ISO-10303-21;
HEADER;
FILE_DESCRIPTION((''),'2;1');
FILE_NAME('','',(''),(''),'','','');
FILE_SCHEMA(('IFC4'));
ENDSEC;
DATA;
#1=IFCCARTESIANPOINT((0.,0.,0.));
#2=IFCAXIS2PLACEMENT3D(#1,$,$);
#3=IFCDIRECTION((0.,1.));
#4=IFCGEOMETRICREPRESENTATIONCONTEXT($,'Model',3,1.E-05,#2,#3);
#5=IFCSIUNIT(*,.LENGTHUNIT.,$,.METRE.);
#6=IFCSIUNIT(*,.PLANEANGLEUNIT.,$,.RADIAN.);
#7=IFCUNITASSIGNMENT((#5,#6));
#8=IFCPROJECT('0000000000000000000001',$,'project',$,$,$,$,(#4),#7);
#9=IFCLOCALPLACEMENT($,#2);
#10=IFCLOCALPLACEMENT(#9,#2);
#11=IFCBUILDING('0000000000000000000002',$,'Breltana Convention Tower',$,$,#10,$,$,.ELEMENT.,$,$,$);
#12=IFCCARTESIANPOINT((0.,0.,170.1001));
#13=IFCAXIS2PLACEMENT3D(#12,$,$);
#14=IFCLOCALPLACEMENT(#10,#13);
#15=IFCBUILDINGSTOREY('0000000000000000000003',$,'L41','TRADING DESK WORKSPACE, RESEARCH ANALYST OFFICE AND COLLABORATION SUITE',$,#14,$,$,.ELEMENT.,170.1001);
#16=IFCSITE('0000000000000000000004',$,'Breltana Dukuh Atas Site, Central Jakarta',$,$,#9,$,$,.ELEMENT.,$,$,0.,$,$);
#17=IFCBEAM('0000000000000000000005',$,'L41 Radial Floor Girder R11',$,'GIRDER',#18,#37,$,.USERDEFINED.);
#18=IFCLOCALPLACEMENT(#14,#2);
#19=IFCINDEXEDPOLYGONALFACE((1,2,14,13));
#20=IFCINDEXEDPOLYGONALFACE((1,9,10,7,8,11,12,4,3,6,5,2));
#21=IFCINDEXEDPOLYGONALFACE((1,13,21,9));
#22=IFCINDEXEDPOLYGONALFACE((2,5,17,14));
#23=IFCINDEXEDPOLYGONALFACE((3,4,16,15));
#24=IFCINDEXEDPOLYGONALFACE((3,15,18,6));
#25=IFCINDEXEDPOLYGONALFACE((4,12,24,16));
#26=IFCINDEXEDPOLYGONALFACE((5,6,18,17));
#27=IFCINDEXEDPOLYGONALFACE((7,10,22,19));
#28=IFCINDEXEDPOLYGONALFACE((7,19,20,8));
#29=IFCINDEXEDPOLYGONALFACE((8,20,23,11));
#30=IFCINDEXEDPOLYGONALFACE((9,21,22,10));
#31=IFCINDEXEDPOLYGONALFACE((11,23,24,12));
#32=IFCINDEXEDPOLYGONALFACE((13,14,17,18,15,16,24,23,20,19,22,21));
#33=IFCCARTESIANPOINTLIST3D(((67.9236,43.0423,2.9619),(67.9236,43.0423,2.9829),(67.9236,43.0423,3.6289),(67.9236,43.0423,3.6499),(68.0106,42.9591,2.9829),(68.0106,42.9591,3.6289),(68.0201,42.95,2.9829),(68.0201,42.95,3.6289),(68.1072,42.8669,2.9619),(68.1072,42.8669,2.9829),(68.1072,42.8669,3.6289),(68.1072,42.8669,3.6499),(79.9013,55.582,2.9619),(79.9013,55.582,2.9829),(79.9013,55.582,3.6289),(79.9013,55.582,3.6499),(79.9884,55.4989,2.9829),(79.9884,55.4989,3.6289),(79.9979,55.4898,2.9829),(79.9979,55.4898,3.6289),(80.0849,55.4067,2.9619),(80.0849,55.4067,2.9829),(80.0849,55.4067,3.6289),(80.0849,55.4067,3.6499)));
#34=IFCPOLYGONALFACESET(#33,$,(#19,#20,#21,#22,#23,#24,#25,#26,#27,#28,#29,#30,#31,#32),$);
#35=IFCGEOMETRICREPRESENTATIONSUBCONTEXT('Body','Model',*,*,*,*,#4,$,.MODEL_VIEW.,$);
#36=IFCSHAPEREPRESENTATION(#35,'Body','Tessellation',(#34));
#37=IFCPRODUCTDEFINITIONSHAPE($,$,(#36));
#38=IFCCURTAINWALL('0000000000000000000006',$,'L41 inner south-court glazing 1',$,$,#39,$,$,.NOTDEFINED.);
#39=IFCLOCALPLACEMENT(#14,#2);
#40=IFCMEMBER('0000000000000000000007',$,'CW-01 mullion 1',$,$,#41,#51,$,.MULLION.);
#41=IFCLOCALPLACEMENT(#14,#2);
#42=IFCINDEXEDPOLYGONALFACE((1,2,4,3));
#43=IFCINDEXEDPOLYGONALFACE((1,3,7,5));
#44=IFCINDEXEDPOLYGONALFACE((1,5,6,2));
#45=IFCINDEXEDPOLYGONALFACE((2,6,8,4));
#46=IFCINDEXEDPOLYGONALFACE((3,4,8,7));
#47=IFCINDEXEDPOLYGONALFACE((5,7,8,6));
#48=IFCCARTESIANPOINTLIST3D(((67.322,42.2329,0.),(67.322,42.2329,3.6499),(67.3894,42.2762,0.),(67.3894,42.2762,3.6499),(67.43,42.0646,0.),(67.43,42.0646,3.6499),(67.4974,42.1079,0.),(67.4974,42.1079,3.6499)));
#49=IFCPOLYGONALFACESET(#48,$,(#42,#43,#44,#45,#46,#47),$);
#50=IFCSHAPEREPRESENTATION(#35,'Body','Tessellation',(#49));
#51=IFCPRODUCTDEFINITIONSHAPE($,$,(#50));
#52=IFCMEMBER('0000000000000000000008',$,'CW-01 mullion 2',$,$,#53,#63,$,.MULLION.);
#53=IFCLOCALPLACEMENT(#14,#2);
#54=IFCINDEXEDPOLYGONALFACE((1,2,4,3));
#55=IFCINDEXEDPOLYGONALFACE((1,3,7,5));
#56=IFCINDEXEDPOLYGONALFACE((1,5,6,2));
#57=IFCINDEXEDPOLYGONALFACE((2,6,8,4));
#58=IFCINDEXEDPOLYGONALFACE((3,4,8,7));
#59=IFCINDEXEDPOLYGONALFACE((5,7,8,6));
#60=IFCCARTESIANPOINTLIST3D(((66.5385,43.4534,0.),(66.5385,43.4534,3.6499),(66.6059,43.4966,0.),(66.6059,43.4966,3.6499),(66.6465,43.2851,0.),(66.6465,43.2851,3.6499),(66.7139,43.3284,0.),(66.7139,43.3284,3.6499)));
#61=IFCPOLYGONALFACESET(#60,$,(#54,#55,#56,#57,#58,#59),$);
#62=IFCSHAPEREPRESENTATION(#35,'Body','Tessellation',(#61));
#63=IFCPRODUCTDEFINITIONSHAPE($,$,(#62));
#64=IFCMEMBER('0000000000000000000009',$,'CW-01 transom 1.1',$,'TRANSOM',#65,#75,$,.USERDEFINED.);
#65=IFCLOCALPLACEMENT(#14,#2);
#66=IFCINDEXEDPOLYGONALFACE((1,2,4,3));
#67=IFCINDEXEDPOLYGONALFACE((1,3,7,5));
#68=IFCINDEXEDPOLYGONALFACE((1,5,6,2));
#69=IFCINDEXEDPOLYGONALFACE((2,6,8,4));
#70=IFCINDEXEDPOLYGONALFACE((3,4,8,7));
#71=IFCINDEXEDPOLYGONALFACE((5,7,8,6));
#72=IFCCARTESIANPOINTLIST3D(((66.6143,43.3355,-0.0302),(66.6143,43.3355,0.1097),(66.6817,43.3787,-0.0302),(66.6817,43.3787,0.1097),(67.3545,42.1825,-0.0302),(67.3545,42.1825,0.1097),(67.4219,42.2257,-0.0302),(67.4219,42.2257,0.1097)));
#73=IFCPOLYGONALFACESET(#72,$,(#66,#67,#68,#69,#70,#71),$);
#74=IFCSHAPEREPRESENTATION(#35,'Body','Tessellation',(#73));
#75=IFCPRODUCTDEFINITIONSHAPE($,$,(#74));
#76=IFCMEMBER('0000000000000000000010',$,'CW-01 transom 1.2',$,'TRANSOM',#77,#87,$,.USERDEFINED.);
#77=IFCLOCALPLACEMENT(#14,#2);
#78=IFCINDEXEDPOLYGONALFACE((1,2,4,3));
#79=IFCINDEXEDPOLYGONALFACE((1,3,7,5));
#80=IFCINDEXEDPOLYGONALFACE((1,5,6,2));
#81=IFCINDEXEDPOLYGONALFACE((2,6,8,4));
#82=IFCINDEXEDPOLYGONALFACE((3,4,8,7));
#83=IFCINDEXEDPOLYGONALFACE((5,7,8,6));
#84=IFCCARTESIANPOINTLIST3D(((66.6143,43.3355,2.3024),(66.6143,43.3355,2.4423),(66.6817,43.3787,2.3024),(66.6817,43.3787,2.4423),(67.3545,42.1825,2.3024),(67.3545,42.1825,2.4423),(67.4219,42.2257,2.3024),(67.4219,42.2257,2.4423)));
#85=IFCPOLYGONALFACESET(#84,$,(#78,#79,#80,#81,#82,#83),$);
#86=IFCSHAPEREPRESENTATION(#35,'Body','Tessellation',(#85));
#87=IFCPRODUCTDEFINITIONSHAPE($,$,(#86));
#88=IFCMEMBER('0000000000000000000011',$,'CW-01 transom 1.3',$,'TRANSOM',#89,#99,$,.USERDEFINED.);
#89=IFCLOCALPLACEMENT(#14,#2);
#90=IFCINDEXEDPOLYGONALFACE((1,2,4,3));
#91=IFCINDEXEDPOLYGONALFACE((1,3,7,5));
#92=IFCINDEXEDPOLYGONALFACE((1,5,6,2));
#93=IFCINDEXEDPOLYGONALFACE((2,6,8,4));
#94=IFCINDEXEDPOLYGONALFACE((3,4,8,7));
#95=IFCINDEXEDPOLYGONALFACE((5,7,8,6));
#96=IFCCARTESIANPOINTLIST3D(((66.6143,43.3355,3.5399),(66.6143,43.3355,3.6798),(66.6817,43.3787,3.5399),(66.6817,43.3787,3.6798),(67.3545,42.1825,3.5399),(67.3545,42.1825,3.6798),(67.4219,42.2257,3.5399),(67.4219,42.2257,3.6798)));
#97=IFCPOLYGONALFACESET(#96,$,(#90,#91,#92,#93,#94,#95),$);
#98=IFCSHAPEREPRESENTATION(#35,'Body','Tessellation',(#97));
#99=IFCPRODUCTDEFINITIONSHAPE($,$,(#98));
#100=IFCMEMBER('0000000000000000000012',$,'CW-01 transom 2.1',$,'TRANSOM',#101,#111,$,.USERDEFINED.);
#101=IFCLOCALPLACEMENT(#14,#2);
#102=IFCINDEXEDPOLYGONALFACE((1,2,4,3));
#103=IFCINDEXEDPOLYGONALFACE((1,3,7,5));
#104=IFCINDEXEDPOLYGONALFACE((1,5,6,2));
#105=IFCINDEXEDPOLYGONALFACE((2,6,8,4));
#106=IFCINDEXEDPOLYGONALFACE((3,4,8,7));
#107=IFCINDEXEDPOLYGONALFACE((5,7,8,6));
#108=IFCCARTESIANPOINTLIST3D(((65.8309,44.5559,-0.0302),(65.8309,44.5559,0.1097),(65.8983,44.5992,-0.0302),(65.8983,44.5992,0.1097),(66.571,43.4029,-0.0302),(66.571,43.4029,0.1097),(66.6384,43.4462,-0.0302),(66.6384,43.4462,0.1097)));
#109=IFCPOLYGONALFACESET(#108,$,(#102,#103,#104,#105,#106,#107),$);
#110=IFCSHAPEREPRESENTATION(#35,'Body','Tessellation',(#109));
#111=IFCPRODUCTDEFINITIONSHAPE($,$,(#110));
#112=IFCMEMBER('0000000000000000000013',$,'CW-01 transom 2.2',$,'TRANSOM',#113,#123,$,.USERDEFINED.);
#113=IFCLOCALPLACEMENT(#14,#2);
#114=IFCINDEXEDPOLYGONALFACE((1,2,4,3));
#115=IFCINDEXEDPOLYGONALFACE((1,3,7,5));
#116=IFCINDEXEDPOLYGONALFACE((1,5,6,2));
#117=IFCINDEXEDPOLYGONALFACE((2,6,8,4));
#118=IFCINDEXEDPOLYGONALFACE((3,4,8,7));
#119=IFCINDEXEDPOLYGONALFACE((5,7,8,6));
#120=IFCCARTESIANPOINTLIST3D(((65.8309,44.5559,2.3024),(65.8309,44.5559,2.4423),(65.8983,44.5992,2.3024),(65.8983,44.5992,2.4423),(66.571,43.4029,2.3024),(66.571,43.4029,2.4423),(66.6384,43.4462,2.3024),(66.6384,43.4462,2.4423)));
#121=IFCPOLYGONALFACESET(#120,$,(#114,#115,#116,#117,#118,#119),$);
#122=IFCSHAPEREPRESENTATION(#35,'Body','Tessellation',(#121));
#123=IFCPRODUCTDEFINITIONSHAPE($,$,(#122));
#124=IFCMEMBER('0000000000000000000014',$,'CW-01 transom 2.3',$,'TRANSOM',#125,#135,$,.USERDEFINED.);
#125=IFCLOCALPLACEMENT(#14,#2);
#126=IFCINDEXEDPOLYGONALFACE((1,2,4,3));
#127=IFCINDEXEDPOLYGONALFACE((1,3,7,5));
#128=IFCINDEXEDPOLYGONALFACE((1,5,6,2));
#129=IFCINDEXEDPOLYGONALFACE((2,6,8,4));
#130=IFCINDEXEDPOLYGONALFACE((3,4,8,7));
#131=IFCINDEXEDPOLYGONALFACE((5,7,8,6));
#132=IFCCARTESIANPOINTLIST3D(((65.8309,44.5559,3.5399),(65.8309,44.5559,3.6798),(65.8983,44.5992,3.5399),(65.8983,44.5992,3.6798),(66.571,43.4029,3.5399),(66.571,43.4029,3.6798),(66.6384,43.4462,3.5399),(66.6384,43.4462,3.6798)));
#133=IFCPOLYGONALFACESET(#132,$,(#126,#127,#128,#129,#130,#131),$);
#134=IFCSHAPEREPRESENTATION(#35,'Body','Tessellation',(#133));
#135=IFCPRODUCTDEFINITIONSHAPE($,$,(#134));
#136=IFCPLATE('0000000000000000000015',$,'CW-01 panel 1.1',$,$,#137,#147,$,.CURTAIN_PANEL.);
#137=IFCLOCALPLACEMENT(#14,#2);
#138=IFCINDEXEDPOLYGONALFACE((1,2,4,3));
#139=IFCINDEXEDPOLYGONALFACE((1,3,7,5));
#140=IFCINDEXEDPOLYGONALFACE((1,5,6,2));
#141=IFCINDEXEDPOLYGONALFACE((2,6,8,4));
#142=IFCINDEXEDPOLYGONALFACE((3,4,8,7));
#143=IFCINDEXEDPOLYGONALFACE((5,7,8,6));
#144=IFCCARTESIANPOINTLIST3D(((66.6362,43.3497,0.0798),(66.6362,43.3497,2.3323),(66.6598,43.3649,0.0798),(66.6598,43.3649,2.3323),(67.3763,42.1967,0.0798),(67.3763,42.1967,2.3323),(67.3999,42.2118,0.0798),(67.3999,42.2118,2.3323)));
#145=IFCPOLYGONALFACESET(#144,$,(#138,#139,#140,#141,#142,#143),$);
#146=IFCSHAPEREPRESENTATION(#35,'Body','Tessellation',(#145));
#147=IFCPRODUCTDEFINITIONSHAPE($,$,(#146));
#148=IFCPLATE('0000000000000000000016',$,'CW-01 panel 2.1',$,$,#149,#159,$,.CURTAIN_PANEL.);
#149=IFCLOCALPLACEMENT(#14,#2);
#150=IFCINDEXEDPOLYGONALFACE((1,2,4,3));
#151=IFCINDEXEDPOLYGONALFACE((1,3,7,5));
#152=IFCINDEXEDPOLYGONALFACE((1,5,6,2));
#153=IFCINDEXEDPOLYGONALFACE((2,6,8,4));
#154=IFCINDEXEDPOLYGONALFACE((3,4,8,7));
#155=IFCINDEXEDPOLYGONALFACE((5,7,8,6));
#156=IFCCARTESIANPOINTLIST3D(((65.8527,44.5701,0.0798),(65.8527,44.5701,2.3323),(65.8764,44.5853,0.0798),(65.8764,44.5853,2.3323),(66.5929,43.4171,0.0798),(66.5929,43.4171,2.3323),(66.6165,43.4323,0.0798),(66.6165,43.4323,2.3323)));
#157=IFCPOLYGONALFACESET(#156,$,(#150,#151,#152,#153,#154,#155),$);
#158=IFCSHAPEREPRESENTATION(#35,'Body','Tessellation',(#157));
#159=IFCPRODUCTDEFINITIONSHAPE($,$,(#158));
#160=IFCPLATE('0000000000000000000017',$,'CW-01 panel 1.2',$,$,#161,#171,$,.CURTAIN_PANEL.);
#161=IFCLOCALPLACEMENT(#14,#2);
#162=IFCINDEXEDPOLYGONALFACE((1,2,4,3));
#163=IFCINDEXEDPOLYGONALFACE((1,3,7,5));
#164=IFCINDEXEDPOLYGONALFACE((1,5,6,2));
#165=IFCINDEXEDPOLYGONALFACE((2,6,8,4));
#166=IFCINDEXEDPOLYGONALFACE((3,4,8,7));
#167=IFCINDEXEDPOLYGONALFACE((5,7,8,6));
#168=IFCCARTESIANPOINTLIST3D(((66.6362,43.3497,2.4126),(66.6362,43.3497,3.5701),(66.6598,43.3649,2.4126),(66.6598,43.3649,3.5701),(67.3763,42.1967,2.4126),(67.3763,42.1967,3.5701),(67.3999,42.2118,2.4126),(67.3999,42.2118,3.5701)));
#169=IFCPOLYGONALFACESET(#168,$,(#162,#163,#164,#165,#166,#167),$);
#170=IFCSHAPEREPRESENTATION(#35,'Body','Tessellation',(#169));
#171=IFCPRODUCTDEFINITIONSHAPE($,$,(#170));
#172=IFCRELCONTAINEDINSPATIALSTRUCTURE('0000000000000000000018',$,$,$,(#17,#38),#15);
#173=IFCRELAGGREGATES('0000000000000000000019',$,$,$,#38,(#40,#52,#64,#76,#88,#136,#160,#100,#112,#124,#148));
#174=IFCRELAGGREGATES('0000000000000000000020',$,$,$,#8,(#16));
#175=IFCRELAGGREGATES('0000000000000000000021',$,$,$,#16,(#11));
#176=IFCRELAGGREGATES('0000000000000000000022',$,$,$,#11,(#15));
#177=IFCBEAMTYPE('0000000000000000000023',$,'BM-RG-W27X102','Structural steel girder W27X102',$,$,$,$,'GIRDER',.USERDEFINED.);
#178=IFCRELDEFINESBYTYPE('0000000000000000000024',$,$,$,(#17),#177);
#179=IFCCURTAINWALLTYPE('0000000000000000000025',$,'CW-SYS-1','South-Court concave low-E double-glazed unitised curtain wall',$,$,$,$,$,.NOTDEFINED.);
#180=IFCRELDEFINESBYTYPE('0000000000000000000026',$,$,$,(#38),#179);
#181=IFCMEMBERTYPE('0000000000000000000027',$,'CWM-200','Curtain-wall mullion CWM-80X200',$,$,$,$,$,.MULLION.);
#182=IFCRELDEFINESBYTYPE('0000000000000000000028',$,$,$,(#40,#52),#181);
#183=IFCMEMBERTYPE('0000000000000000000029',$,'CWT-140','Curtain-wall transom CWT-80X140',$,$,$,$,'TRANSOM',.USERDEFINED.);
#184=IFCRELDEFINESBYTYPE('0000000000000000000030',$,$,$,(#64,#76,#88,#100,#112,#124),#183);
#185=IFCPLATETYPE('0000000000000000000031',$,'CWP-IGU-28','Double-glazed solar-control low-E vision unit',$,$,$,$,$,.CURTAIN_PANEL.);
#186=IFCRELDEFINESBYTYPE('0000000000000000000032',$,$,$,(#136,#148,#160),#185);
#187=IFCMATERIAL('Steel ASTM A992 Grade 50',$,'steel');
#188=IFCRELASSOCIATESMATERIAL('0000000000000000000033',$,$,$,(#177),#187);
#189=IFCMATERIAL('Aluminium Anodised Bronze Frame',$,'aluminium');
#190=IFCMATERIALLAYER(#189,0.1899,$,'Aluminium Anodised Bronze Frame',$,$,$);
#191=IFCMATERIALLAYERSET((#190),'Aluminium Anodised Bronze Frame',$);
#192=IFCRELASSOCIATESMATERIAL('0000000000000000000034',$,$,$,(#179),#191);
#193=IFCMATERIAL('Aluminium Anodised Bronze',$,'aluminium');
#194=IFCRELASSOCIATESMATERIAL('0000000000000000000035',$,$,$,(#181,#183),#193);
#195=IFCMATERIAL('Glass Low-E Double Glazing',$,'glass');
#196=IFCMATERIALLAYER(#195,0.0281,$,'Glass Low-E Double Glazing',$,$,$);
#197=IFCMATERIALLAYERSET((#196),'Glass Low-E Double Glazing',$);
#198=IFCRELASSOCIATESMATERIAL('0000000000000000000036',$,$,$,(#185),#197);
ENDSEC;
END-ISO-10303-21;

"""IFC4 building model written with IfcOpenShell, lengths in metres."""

from ifc_helpers import new_model, si_unit, direction, frame, origin, origin_2d, place, context, subcontext, project, spatial, rectangle, i_section, extrude, source, transform, mapped, material, layer, layer_set, material_profile, profile_set, type_object, type_shapes, element, aggregate, save


model = new_model("IFC4")

# Units and contexts
model_context = context("Model", 3, precision=1e-05, world=origin(), true_north=direction((0.0, 1.0)))
body_context = subcontext(model_context, "Body", "Model", "MODEL_VIEW")
ifc_project = project(units=[si_unit("LENGTHUNIT", "METRE"), si_unit("PLANEANGLEUNIT", "RADIAN")], contexts=[model_context])

# Site, building, storey
site_placement = place(None, origin())
site = spatial("IfcSite", under=ifc_project, at=site_placement, Name="Breltana Dukuh Atas Site, Central Jakarta", CompositionType="ELEMENT", RefElevation=0.0)
building_placement = place(site_placement, origin())
building = spatial("IfcBuilding", under=site, at=building_placement, Name="Breltana Convention Tower", CompositionType="ELEMENT")
storey_placement = place(building_placement, frame((0.0, 0.0, 170.1001)))
storey = spatial("IfcBuildingStorey", under=building, at=storey_placement, Name="L41", Description="TRADING DESK WORKSPACE, RESEARCH ANALYST OFFICE AND COLLABORATION SUITE", CompositionType="ELEMENT", Elevation=170.1001)

# Beam
ifc_material_1 = material(Name="Steel ASTM A992 Grade 50", Category="steel")
ifc_material_profile_1 = material_profile(ifc_material_1, i_section(OverallWidth=0.2539, OverallDepth=0.688, WebThickness=0.0132, FlangeThickness=0.021, at=origin_2d()), Name="W27X102")
ifc_profile_set_1 = profile_set([ifc_material_profile_1], Name="Steel ASTM A992 Grade 50")
beam_type = type_object("IfcBeamType", Name="BM-RG-W27X102", Description="Structural steel girder W27X102", ElementType="GIRDER", PredefinedType="USERDEFINED", material=ifc_profile_set_1)
shared_shape_1 = source(origin(), body_context, "Body", "SweptSolid", [
    extrude(i_section(OverallWidth=0.2539, OverallDepth=0.688, WebThickness=0.0132, FlangeThickness=0.021, at=origin_2d()), origin(), (0.0, 0.0, 1.0), 17.3411),
])
type_shapes(beam_type, [shared_shape_1])
beam_placement = place(storey_placement, frame((68.0154, 42.9546, 3.3059), z_axis=(0.690716, 0.723126, 0.0), x_axis=(-0.723126, 0.690716, 0.0)))
element("IfcBeam", 1, at=beam_placement, inside=storey, type_object=beam_type, Name="L41 Radial Floor Girder R11", ObjectType="GIRDER", PredefinedType="USERDEFINED", context=body_context, shape_type="MappedRepresentation", body=[
    mapped(shared_shape_1, transform((0.0, 0.0, 0.0), scale=1.0)),
])

# Curtain wall, members, plates
ifc_material_2 = material(Name="Aluminium Anodised Bronze Frame", Category="aluminium")
ifc_layer_1 = layer(ifc_material_2, 0.1899, Name="Aluminium Anodised Bronze Frame")
ifc_layer_set_1 = layer_set([ifc_layer_1], Name="Aluminium Anodised Bronze Frame")
curtain_wall_type = type_object("IfcCurtainWallType", Name="CW-SYS-1", Description="South-Court concave low-E double-glazed unitised curtain wall", PredefinedType="NOTDEFINED", material=ifc_layer_set_1)
curtain_wall_placement = place(storey_placement, origin())
curtain_wall = element("IfcCurtainWall", 2, at=curtain_wall_placement, inside=storey, type_object=curtain_wall_type, Name="L41 inner south-court glazing 1", PredefinedType="NOTDEFINED")
ifc_material_3 = material(Name="Aluminium Anodised Bronze", Category="aluminium")
ifc_material_profile_2 = material_profile(ifc_material_3, rectangle(XDim=0.0801, YDim=0.2, at=origin_2d()), Name="CWM-80X200")
ifc_profile_set_2 = profile_set([ifc_material_profile_2], Name="Aluminium Anodised Bronze")
member_type_1 = type_object("IfcMemberType", Name="CWM-200", Description="Curtain-wall mullion CWM-80X200", PredefinedType="MULLION", material=ifc_profile_set_2)
shared_shape_2 = source(origin(), body_context, "Body", "SweptSolid", [
    extrude(rectangle(XDim=0.0801, YDim=0.2, at=origin_2d()), origin(), (0.0, 0.0, 1.0), 3.6499),
])
member_1_placement = place(storey_placement, frame((67.4097, 42.1704, 0.0), z_axis=(0.0, 0.0, 1.0), x_axis=(-0.841547, -0.540184, 0.0)))
member_1 = element("IfcMember", 3, at=member_1_placement, type_object=member_type_1, Name="CW-01 mullion 1", PredefinedType="MULLION", context=body_context, shape_type="MappedRepresentation", body=[
    mapped(shared_shape_2, transform((0.0, 0.0, 0.0), scale=1.0)),
])
member_2_placement = place(storey_placement, frame((66.6262, 43.3909, 0.0), z_axis=(0.0, 0.0, 1.0), x_axis=(-0.841547, -0.540184, 0.0)))
member_2 = element("IfcMember", 4, at=member_2_placement, type_object=member_type_1, Name="CW-01 mullion 2", PredefinedType="MULLION", context=body_context, shape_type="MappedRepresentation", body=[
    mapped(shared_shape_2, transform((0.0, 0.0, 0.0), scale=1.0)),
])
ifc_material_profile_3 = material_profile(ifc_material_3, rectangle(XDim=0.0801, YDim=0.1399, at=origin_2d()), Name="CWT-80X140")
ifc_profile_set_3 = profile_set([ifc_material_profile_3], Name="Aluminium Anodised Bronze")
member_type_2 = type_object("IfcMemberType", Name="CWT-140", Description="Curtain-wall transom CWT-80X140", ElementType="TRANSOM", PredefinedType="USERDEFINED", material=ifc_profile_set_3)
shared_shape_3 = source(origin(), body_context, "Body", "SweptSolid", [
    extrude(rectangle(XDim=0.0801, YDim=0.1399, at=origin_2d()), origin(), (0.0, 0.0, 1.0), 1.3701),
])
member_3_placement = place(storey_placement, frame((67.3882, 42.2041, 0.0398), z_axis=(-0.540226, 0.84152, 0.0), x_axis=(-0.84152, -0.540226, 0.0)))
member_3 = element("IfcMember", 5, at=member_3_placement, type_object=member_type_2, Name="CW-01 transom 1.1", ObjectType="TRANSOM", PredefinedType="USERDEFINED", context=body_context, shape_type="MappedRepresentation", body=[
    mapped(shared_shape_3, transform((0.0, 0.0, 0.0), scale=1.0)),
])
member_4_placement = place(storey_placement, frame((67.3882, 42.2041, 2.3723), z_axis=(-0.540226, 0.84152, 0.0), x_axis=(-0.84152, -0.540226, 0.0)))
member_4 = element("IfcMember", 6, at=member_4_placement, type_object=member_type_2, Name="CW-01 transom 1.2", ObjectType="TRANSOM", PredefinedType="USERDEFINED", context=body_context, shape_type="MappedRepresentation", body=[
    mapped(shared_shape_3, transform((0.0, 0.0, 0.0), scale=1.0)),
])
member_5_placement = place(storey_placement, frame((67.3882, 42.2041, 3.6099), z_axis=(-0.540226, 0.84152, 0.0), x_axis=(-0.84152, -0.540226, 0.0)))
member_5 = element("IfcMember", 7, at=member_5_placement, type_object=member_type_2, Name="CW-01 transom 1.3", ObjectType="TRANSOM", PredefinedType="USERDEFINED", context=body_context, shape_type="MappedRepresentation", body=[
    mapped(shared_shape_3, transform((0.0, 0.0, 0.0), scale=1.0)),
])
member_6_placement = place(storey_placement, frame((66.6047, 43.4246, 0.0398), z_axis=(-0.540226, 0.84152, 0.0), x_axis=(-0.84152, -0.540226, 0.0)))
member_6 = element("IfcMember", 8, at=member_6_placement, type_object=member_type_2, Name="CW-01 transom 2.1", ObjectType="TRANSOM", PredefinedType="USERDEFINED", context=body_context, shape_type="MappedRepresentation", body=[
    mapped(shared_shape_3, transform((0.0, 0.0, 0.0), scale=1.0)),
])
member_7_placement = place(storey_placement, frame((66.6047, 43.4246, 2.3723), z_axis=(-0.540226, 0.84152, 0.0), x_axis=(-0.84152, -0.540226, 0.0)))
member_7 = element("IfcMember", 9, at=member_7_placement, type_object=member_type_2, Name="CW-01 transom 2.2", ObjectType="TRANSOM", PredefinedType="USERDEFINED", context=body_context, shape_type="MappedRepresentation", body=[
    mapped(shared_shape_3, transform((0.0, 0.0, 0.0), scale=1.0)),
])
member_8_placement = place(storey_placement, frame((66.6047, 43.4246, 3.6099), z_axis=(-0.540226, 0.84152, 0.0), x_axis=(-0.84152, -0.540226, 0.0)))
member_8 = element("IfcMember", 10, at=member_8_placement, type_object=member_type_2, Name="CW-01 transom 2.3", ObjectType="TRANSOM", PredefinedType="USERDEFINED", context=body_context, shape_type="MappedRepresentation", body=[
    mapped(shared_shape_3, transform((0.0, 0.0, 0.0), scale=1.0)),
])
ifc_material_4 = material(Name="Glass Low-E Double Glazing", Category="glass")
ifc_layer_2 = layer(ifc_material_4, 0.0281, Name="Glass Low-E Double Glazing")
ifc_layer_set_2 = layer_set([ifc_layer_2], Name="Glass Low-E Double Glazing")
plate_type = type_object("IfcPlateType", Name="CWP-IGU-28", Description="Double-glazed solar-control low-E vision unit", PredefinedType="CURTAIN_PANEL", material=ifc_layer_set_2)
shared_shape_4 = source(origin(), body_context, "Body", "SweptSolid", [
    extrude(rectangle(XDim=1.3701, YDim=0.0281, at=origin_2d()), origin(), (0.0, 0.0, 1.0), 2.2524),
])
plate_1_placement = place(storey_placement, frame((67.0181, 42.7808, 0.0798), z_axis=(0.0, 0.0, 1.0), x_axis=(-0.540184, 0.841547, 0.0)))
plate_1 = element("IfcPlate", 11, at=plate_1_placement, type_object=plate_type, Name="CW-01 panel 1.1", PredefinedType="CURTAIN_PANEL", context=body_context, shape_type="MappedRepresentation", body=[
    mapped(shared_shape_4, transform((0.0, 0.0, 0.0), scale=1.0)),
])
plate_2_placement = place(storey_placement, frame((66.2346, 44.0012, 0.0798), z_axis=(0.0, 0.0, 1.0), x_axis=(-0.540184, 0.841547, 0.0)))
plate_2 = element("IfcPlate", 12, at=plate_2_placement, type_object=plate_type, Name="CW-01 panel 2.1", PredefinedType="CURTAIN_PANEL", context=body_context, shape_type="MappedRepresentation", body=[
    mapped(shared_shape_4, transform((0.0, 0.0, 0.0), scale=1.0)),
])
shared_shape_5 = source(origin(), body_context, "Body", "SweptSolid", [
    extrude(rectangle(XDim=1.3701, YDim=0.0281, at=origin_2d()), origin(), (0.0, 0.0, 1.0), 1.1575),
])
plate_3_placement = place(storey_placement, frame((67.0181, 42.7808, 2.4126), z_axis=(0.0, 0.0, 1.0), x_axis=(-0.540184, 0.841547, 0.0)))
plate_3 = element("IfcPlate", 13, at=plate_3_placement, type_object=plate_type, Name="CW-01 panel 1.2", PredefinedType="CURTAIN_PANEL", context=body_context, shape_type="MappedRepresentation", body=[
    mapped(shared_shape_5, transform((0.0, 0.0, 0.0), scale=1.0)),
])
aggregate(curtain_wall, [member_1, member_2, member_3, member_4, member_5, plate_1, plate_3, member_6, member_7, member_8, plate_2])

save(model, "model.ifc")
